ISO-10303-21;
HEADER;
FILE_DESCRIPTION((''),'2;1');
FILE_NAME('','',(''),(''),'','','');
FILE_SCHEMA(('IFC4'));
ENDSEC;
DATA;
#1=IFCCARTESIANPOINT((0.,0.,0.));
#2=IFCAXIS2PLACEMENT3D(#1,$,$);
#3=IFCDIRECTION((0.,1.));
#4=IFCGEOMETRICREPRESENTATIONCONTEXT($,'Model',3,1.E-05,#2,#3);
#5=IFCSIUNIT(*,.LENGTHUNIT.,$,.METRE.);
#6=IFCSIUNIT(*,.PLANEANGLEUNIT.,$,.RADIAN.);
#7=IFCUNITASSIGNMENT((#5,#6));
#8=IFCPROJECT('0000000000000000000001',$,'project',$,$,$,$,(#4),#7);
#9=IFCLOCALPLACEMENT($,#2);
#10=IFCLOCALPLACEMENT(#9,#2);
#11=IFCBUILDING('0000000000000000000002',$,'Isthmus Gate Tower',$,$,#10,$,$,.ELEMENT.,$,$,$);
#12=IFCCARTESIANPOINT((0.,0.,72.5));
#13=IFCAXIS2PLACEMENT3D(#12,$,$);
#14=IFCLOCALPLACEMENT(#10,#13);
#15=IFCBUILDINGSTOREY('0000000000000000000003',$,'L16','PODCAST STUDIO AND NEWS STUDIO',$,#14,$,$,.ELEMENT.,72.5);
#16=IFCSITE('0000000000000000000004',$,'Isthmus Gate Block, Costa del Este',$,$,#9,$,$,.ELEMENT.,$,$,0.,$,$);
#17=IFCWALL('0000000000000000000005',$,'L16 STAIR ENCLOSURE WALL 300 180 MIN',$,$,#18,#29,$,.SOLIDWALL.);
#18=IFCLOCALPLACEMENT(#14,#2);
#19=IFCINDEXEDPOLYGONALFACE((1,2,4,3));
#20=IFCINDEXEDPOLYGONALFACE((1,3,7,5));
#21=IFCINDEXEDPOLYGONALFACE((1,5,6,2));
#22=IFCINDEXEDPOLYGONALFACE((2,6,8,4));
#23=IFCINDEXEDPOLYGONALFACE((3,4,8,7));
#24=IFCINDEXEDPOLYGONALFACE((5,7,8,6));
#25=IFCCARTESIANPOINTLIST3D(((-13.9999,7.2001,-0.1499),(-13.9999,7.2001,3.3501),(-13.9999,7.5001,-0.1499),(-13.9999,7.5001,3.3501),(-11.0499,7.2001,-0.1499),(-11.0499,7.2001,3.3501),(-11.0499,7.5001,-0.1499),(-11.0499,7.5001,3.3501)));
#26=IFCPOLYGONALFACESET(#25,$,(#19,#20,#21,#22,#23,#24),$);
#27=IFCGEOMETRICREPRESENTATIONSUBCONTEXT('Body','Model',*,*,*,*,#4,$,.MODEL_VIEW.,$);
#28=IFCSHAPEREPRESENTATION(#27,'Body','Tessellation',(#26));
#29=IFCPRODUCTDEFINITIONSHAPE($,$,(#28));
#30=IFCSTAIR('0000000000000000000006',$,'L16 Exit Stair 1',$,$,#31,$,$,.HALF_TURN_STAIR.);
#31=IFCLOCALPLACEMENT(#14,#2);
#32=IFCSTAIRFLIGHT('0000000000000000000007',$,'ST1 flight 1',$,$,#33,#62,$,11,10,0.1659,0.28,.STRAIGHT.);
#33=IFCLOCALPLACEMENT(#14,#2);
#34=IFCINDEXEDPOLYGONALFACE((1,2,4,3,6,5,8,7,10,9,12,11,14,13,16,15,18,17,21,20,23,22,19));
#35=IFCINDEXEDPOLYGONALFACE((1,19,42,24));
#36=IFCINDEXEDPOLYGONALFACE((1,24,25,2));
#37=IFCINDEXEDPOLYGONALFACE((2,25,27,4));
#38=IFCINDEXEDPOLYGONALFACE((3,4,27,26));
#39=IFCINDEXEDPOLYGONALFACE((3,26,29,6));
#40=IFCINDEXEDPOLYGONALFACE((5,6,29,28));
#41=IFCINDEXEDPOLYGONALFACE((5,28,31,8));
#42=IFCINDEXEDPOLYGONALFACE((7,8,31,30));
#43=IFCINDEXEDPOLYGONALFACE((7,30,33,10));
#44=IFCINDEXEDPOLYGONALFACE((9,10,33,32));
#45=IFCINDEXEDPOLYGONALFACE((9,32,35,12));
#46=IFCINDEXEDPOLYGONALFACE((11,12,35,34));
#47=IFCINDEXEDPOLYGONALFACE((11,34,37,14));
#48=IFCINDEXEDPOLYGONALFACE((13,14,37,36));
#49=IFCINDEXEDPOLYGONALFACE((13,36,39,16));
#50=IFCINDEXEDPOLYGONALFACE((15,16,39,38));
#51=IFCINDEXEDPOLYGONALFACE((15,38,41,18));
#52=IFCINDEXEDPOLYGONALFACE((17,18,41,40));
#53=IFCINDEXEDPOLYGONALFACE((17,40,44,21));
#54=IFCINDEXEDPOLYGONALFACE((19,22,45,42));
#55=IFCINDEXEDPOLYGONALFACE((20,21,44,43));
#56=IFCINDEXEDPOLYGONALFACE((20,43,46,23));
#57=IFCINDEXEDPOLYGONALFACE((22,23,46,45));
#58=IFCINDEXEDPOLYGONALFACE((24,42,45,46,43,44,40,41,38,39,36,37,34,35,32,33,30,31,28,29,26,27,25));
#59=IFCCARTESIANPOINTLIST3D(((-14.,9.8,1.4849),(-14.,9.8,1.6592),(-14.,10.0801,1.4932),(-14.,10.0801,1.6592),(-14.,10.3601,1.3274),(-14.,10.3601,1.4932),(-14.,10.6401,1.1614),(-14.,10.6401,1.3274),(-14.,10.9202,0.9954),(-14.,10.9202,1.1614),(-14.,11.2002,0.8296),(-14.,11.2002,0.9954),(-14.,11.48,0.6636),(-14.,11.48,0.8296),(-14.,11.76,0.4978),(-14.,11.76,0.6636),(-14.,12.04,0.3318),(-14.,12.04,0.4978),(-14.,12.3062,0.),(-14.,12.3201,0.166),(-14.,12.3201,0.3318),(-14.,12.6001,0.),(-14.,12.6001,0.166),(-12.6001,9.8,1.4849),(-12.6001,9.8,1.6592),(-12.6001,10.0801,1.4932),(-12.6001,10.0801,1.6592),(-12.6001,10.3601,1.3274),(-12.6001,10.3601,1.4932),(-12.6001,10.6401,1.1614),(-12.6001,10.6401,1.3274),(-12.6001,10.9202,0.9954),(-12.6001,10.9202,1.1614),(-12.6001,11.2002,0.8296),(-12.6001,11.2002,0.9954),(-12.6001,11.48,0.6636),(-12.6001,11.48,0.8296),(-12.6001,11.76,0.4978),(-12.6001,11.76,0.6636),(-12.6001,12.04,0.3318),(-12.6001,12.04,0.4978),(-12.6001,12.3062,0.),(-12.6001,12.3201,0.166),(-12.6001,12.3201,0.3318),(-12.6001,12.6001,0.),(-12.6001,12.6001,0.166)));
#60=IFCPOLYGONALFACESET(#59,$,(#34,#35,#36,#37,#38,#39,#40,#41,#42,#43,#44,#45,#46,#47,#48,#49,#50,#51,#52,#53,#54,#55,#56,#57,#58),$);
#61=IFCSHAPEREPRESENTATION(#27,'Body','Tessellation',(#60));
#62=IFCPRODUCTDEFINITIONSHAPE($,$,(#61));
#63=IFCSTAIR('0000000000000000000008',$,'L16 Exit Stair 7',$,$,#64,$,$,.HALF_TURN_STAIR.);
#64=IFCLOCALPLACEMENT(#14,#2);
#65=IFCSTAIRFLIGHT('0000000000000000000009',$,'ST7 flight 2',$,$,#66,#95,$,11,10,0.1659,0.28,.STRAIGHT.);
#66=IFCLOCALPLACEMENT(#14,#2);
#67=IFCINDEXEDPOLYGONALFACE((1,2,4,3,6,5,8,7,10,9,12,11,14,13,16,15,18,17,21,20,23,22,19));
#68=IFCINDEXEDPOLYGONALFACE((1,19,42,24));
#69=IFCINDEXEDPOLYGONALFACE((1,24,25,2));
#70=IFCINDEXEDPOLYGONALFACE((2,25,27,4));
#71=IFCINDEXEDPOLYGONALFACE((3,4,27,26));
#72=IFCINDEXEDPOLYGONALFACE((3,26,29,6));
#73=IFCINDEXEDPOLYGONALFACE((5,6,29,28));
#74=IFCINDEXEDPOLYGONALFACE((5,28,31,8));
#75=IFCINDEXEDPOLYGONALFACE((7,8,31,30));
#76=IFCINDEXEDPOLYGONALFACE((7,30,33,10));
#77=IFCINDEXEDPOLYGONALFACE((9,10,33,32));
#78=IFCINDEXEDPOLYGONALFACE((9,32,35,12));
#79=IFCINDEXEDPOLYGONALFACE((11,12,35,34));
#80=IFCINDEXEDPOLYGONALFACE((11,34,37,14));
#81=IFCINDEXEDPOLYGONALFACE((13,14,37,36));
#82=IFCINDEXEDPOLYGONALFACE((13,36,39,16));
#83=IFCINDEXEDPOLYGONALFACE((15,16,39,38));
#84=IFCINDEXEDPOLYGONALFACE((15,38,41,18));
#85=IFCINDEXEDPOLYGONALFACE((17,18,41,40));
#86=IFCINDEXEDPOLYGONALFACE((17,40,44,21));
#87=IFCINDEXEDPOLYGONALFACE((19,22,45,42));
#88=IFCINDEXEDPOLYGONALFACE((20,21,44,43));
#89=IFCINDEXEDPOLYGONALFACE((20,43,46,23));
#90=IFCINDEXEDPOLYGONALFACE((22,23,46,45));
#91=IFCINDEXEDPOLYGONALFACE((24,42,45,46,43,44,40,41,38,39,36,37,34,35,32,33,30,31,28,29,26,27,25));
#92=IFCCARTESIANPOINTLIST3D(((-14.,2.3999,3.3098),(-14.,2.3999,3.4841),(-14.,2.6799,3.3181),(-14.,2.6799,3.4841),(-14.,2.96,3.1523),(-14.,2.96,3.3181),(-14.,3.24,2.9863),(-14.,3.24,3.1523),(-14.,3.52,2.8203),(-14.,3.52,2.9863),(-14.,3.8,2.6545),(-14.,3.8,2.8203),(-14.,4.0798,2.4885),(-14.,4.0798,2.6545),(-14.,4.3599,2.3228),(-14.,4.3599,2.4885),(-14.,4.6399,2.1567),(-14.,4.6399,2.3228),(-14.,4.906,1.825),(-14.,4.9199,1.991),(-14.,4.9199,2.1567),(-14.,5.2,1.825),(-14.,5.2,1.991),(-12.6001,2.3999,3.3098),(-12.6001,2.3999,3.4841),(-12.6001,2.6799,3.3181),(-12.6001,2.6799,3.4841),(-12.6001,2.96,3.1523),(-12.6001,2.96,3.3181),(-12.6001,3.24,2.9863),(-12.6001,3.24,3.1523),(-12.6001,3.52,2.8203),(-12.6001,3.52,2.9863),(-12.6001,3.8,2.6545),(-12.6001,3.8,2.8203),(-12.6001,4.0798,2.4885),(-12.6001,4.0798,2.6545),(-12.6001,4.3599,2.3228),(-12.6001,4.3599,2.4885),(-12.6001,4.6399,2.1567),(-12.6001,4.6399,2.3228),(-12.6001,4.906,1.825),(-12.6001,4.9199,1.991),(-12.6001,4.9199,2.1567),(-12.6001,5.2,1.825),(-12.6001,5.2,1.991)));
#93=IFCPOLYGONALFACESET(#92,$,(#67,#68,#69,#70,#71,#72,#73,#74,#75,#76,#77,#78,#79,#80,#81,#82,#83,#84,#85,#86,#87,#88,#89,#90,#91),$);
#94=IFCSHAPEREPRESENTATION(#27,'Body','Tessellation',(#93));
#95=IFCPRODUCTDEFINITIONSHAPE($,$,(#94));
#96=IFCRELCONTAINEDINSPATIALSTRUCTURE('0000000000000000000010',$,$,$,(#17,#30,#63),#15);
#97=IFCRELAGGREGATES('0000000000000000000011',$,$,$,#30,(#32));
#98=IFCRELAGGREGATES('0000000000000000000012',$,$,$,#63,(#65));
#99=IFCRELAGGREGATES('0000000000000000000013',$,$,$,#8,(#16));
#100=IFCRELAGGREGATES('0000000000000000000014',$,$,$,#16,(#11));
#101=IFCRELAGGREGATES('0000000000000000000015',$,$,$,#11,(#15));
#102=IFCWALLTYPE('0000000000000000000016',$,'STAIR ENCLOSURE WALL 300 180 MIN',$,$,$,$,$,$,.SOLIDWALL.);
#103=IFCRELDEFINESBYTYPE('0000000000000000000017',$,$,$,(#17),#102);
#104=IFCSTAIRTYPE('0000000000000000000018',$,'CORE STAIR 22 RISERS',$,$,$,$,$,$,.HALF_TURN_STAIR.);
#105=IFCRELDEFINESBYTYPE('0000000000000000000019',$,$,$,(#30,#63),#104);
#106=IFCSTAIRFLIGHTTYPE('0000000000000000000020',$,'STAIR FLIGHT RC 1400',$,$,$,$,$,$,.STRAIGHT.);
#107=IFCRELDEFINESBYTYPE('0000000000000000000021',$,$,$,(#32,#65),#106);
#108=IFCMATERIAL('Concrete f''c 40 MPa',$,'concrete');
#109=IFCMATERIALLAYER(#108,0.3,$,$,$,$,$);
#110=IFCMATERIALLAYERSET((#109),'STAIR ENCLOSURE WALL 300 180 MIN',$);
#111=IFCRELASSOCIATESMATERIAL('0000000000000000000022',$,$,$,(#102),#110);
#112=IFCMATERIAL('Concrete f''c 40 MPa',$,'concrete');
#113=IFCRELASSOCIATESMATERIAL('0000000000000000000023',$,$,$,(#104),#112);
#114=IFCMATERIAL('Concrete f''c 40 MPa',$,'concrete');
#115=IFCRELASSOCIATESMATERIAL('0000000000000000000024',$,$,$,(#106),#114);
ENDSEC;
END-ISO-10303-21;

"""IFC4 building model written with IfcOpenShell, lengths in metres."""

from ifc_helpers import new_model, si_unit, direction, frame, frame_2d, origin, place, context, subcontext, project, spatial, polyline, rectangle, outline, extrude, material, layer, layer_set, type_object, element, aggregate, save


model = new_model("IFC4")

# Units and contexts
model_context = context("Model", 3, precision=1e-05, world=origin(), true_north=direction((0.0, 1.0)))
body_context = subcontext(model_context, "Body", "Model", "MODEL_VIEW")
ifc_project = project(units=[si_unit("LENGTHUNIT", "METRE"), si_unit("PLANEANGLEUNIT", "RADIAN")], contexts=[model_context])

# Site, building, storey
site_placement = place(None, origin())
site = spatial("IfcSite", under=ifc_project, at=site_placement, Name="Isthmus Gate Block, Costa del Este", CompositionType="ELEMENT", RefElevation=0.0)
building_placement = place(site_placement, origin())
building = spatial("IfcBuilding", under=site, at=building_placement, Name="Isthmus Gate Tower", CompositionType="ELEMENT")
storey_placement = place(building_placement, frame((0.0, 0.0, 72.5)))
storey = spatial("IfcBuildingStorey", under=building, at=storey_placement, Name="L16", Description="PODCAST STUDIO AND NEWS STUDIO", CompositionType="ELEMENT", Elevation=72.5)

# Wall
ifc_material_1 = material(Name="Concrete f'c 40 MPa", Category="concrete")
ifc_layer_1 = layer(ifc_material_1, 0.3)
ifc_layer_set_1 = layer_set([ifc_layer_1], Name="STAIR ENCLOSURE WALL 300 180 MIN")
wall_type_1 = type_object("IfcWallType", Name="STAIR ENCLOSURE WALL 300 180 MIN", PredefinedType="SOLIDWALL", material=ifc_layer_set_1)
wall_1_placement = place(storey_placement, frame((-14.0, 7.3501, -0.1499), z_axis=(0.0, 0.0, 1.0), x_axis=(1.0, 0.0, 0.0)))
element("IfcWall", 1, at=wall_1_placement, inside=storey, type_object=wall_type_1, Name="L16 STAIR ENCLOSURE WALL 300 180 MIN", PredefinedType="SOLIDWALL", context=body_context, shape_type="SweptSolid", body=[
    extrude(rectangle(XDim=2.95, YDim=0.3, at=frame_2d((1.4751, 0.0))), origin(), (0.0, 0.0, 1.0), 3.5),
])

# Stairs, stair flights
ifc_material_2 = material(Name="Concrete f'c 40 MPa", Category="concrete")
stair_type = type_object("IfcStairType", Name="CORE STAIR 22 RISERS", PredefinedType="HALF_TURN_STAIR", material=ifc_material_2)
stair_1_placement = place(storey_placement, origin())
stair_1 = element("IfcStair", 2, at=stair_1_placement, inside=storey, type_object=stair_type, Name="L16 Exit Stair 1", PredefinedType="HALF_TURN_STAIR")
ifc_material_3 = material(Name="Concrete f'c 40 MPa", Category="concrete")
stair_flight_type = type_object("IfcStairFlightType", Name="STAIR FLIGHT RC 1400", PredefinedType="STRAIGHT", material=ifc_material_3)
stair_flight_1_placement = place(storey_placement, frame((-13.3, 12.6001, 0.0), z_axis=(0.0, 0.0, 1.0), x_axis=(0.0, -1.0, 0.0)))
stair_flight_1 = element("IfcStairFlight", 3, at=stair_flight_1_placement, type_object=stair_flight_type, Name="ST1 flight 1", NumberOfRisers=11, NumberOfTreads=10, PredefinedType="STRAIGHT", RiserHeight=0.1659, TreadLength=0.28, context=body_context, shape_type="SweptSolid", body=[
    extrude(outline(polyline([(0.0, 0.0), (0.0, 0.166), (0.28, 0.166), (0.28, 0.3318), (0.5601, 0.3318), (0.5601, 0.4978), (0.8401, 0.4978), (0.8401, 0.6636), (1.1201, 0.6636), (1.1201, 0.8296), (1.3999, 0.8296), (1.3999, 0.9954), (1.6799, 0.9954), (1.6799, 1.1614), (1.96, 1.1614), (1.96, 1.3274), (2.24, 1.3274), (2.24, 1.4932), (2.52, 1.4932), (2.52, 1.6592), (2.8, 1.6592), (2.8, 1.825), (2.8, 1.4849), (0.2939, 0.0), (0.0, 0.0)])), frame((0.0, 0.7, 0.0), z_axis=(0.0, -1.0, 0.0), x_axis=(1.0, 0.0, 0.0)), (0.0, 0.0, 1.0), 1.3999),
])
aggregate(stair_1, [stair_flight_1])
stair_2_placement = place(storey_placement, origin())
stair_2 = element("IfcStair", 4, at=stair_2_placement, inside=storey, type_object=stair_type, Name="L16 Exit Stair 7", PredefinedType="HALF_TURN_STAIR")
stair_flight_2_placement = place(storey_placement, frame((-13.3, 5.2, 1.825), z_axis=(0.0, 0.0, 1.0), x_axis=(0.0, -1.0, 0.0)))
stair_flight_2 = element("IfcStairFlight", 5, at=stair_flight_2_placement, type_object=stair_flight_type, Name="ST7 flight 2", NumberOfRisers=11, NumberOfTreads=10, PredefinedType="STRAIGHT", RiserHeight=0.1659, TreadLength=0.28, context=body_context, shape_type="SweptSolid", body=[
    extrude(outline(polyline([(0.0, 0.0), (0.0, 0.166), (0.28, 0.166), (0.28, 0.3318), (0.5601, 0.3318), (0.5601, 0.4978), (0.8401, 0.4978), (0.8401, 0.6636), (1.1201, 0.6636), (1.1201, 0.8296), (1.3999, 0.8296), (1.3999, 0.9954), (1.6799, 0.9954), (1.6799, 1.1614), (1.96, 1.1614), (1.96, 1.3274), (2.24, 1.3274), (2.24, 1.4932), (2.52, 1.4932), (2.52, 1.6592), (2.8, 1.6592), (2.8, 1.825), (2.8, 1.4849), (0.2939, 0.0), (0.0, 0.0)])), frame((0.0, 0.7, 0.0), z_axis=(0.0, -1.0, 0.0), x_axis=(1.0, 0.0, 0.0)), (0.0, 0.0, 1.0), 1.3999),
])
aggregate(stair_2, [stair_flight_2])

save(model, "model.ifc")
